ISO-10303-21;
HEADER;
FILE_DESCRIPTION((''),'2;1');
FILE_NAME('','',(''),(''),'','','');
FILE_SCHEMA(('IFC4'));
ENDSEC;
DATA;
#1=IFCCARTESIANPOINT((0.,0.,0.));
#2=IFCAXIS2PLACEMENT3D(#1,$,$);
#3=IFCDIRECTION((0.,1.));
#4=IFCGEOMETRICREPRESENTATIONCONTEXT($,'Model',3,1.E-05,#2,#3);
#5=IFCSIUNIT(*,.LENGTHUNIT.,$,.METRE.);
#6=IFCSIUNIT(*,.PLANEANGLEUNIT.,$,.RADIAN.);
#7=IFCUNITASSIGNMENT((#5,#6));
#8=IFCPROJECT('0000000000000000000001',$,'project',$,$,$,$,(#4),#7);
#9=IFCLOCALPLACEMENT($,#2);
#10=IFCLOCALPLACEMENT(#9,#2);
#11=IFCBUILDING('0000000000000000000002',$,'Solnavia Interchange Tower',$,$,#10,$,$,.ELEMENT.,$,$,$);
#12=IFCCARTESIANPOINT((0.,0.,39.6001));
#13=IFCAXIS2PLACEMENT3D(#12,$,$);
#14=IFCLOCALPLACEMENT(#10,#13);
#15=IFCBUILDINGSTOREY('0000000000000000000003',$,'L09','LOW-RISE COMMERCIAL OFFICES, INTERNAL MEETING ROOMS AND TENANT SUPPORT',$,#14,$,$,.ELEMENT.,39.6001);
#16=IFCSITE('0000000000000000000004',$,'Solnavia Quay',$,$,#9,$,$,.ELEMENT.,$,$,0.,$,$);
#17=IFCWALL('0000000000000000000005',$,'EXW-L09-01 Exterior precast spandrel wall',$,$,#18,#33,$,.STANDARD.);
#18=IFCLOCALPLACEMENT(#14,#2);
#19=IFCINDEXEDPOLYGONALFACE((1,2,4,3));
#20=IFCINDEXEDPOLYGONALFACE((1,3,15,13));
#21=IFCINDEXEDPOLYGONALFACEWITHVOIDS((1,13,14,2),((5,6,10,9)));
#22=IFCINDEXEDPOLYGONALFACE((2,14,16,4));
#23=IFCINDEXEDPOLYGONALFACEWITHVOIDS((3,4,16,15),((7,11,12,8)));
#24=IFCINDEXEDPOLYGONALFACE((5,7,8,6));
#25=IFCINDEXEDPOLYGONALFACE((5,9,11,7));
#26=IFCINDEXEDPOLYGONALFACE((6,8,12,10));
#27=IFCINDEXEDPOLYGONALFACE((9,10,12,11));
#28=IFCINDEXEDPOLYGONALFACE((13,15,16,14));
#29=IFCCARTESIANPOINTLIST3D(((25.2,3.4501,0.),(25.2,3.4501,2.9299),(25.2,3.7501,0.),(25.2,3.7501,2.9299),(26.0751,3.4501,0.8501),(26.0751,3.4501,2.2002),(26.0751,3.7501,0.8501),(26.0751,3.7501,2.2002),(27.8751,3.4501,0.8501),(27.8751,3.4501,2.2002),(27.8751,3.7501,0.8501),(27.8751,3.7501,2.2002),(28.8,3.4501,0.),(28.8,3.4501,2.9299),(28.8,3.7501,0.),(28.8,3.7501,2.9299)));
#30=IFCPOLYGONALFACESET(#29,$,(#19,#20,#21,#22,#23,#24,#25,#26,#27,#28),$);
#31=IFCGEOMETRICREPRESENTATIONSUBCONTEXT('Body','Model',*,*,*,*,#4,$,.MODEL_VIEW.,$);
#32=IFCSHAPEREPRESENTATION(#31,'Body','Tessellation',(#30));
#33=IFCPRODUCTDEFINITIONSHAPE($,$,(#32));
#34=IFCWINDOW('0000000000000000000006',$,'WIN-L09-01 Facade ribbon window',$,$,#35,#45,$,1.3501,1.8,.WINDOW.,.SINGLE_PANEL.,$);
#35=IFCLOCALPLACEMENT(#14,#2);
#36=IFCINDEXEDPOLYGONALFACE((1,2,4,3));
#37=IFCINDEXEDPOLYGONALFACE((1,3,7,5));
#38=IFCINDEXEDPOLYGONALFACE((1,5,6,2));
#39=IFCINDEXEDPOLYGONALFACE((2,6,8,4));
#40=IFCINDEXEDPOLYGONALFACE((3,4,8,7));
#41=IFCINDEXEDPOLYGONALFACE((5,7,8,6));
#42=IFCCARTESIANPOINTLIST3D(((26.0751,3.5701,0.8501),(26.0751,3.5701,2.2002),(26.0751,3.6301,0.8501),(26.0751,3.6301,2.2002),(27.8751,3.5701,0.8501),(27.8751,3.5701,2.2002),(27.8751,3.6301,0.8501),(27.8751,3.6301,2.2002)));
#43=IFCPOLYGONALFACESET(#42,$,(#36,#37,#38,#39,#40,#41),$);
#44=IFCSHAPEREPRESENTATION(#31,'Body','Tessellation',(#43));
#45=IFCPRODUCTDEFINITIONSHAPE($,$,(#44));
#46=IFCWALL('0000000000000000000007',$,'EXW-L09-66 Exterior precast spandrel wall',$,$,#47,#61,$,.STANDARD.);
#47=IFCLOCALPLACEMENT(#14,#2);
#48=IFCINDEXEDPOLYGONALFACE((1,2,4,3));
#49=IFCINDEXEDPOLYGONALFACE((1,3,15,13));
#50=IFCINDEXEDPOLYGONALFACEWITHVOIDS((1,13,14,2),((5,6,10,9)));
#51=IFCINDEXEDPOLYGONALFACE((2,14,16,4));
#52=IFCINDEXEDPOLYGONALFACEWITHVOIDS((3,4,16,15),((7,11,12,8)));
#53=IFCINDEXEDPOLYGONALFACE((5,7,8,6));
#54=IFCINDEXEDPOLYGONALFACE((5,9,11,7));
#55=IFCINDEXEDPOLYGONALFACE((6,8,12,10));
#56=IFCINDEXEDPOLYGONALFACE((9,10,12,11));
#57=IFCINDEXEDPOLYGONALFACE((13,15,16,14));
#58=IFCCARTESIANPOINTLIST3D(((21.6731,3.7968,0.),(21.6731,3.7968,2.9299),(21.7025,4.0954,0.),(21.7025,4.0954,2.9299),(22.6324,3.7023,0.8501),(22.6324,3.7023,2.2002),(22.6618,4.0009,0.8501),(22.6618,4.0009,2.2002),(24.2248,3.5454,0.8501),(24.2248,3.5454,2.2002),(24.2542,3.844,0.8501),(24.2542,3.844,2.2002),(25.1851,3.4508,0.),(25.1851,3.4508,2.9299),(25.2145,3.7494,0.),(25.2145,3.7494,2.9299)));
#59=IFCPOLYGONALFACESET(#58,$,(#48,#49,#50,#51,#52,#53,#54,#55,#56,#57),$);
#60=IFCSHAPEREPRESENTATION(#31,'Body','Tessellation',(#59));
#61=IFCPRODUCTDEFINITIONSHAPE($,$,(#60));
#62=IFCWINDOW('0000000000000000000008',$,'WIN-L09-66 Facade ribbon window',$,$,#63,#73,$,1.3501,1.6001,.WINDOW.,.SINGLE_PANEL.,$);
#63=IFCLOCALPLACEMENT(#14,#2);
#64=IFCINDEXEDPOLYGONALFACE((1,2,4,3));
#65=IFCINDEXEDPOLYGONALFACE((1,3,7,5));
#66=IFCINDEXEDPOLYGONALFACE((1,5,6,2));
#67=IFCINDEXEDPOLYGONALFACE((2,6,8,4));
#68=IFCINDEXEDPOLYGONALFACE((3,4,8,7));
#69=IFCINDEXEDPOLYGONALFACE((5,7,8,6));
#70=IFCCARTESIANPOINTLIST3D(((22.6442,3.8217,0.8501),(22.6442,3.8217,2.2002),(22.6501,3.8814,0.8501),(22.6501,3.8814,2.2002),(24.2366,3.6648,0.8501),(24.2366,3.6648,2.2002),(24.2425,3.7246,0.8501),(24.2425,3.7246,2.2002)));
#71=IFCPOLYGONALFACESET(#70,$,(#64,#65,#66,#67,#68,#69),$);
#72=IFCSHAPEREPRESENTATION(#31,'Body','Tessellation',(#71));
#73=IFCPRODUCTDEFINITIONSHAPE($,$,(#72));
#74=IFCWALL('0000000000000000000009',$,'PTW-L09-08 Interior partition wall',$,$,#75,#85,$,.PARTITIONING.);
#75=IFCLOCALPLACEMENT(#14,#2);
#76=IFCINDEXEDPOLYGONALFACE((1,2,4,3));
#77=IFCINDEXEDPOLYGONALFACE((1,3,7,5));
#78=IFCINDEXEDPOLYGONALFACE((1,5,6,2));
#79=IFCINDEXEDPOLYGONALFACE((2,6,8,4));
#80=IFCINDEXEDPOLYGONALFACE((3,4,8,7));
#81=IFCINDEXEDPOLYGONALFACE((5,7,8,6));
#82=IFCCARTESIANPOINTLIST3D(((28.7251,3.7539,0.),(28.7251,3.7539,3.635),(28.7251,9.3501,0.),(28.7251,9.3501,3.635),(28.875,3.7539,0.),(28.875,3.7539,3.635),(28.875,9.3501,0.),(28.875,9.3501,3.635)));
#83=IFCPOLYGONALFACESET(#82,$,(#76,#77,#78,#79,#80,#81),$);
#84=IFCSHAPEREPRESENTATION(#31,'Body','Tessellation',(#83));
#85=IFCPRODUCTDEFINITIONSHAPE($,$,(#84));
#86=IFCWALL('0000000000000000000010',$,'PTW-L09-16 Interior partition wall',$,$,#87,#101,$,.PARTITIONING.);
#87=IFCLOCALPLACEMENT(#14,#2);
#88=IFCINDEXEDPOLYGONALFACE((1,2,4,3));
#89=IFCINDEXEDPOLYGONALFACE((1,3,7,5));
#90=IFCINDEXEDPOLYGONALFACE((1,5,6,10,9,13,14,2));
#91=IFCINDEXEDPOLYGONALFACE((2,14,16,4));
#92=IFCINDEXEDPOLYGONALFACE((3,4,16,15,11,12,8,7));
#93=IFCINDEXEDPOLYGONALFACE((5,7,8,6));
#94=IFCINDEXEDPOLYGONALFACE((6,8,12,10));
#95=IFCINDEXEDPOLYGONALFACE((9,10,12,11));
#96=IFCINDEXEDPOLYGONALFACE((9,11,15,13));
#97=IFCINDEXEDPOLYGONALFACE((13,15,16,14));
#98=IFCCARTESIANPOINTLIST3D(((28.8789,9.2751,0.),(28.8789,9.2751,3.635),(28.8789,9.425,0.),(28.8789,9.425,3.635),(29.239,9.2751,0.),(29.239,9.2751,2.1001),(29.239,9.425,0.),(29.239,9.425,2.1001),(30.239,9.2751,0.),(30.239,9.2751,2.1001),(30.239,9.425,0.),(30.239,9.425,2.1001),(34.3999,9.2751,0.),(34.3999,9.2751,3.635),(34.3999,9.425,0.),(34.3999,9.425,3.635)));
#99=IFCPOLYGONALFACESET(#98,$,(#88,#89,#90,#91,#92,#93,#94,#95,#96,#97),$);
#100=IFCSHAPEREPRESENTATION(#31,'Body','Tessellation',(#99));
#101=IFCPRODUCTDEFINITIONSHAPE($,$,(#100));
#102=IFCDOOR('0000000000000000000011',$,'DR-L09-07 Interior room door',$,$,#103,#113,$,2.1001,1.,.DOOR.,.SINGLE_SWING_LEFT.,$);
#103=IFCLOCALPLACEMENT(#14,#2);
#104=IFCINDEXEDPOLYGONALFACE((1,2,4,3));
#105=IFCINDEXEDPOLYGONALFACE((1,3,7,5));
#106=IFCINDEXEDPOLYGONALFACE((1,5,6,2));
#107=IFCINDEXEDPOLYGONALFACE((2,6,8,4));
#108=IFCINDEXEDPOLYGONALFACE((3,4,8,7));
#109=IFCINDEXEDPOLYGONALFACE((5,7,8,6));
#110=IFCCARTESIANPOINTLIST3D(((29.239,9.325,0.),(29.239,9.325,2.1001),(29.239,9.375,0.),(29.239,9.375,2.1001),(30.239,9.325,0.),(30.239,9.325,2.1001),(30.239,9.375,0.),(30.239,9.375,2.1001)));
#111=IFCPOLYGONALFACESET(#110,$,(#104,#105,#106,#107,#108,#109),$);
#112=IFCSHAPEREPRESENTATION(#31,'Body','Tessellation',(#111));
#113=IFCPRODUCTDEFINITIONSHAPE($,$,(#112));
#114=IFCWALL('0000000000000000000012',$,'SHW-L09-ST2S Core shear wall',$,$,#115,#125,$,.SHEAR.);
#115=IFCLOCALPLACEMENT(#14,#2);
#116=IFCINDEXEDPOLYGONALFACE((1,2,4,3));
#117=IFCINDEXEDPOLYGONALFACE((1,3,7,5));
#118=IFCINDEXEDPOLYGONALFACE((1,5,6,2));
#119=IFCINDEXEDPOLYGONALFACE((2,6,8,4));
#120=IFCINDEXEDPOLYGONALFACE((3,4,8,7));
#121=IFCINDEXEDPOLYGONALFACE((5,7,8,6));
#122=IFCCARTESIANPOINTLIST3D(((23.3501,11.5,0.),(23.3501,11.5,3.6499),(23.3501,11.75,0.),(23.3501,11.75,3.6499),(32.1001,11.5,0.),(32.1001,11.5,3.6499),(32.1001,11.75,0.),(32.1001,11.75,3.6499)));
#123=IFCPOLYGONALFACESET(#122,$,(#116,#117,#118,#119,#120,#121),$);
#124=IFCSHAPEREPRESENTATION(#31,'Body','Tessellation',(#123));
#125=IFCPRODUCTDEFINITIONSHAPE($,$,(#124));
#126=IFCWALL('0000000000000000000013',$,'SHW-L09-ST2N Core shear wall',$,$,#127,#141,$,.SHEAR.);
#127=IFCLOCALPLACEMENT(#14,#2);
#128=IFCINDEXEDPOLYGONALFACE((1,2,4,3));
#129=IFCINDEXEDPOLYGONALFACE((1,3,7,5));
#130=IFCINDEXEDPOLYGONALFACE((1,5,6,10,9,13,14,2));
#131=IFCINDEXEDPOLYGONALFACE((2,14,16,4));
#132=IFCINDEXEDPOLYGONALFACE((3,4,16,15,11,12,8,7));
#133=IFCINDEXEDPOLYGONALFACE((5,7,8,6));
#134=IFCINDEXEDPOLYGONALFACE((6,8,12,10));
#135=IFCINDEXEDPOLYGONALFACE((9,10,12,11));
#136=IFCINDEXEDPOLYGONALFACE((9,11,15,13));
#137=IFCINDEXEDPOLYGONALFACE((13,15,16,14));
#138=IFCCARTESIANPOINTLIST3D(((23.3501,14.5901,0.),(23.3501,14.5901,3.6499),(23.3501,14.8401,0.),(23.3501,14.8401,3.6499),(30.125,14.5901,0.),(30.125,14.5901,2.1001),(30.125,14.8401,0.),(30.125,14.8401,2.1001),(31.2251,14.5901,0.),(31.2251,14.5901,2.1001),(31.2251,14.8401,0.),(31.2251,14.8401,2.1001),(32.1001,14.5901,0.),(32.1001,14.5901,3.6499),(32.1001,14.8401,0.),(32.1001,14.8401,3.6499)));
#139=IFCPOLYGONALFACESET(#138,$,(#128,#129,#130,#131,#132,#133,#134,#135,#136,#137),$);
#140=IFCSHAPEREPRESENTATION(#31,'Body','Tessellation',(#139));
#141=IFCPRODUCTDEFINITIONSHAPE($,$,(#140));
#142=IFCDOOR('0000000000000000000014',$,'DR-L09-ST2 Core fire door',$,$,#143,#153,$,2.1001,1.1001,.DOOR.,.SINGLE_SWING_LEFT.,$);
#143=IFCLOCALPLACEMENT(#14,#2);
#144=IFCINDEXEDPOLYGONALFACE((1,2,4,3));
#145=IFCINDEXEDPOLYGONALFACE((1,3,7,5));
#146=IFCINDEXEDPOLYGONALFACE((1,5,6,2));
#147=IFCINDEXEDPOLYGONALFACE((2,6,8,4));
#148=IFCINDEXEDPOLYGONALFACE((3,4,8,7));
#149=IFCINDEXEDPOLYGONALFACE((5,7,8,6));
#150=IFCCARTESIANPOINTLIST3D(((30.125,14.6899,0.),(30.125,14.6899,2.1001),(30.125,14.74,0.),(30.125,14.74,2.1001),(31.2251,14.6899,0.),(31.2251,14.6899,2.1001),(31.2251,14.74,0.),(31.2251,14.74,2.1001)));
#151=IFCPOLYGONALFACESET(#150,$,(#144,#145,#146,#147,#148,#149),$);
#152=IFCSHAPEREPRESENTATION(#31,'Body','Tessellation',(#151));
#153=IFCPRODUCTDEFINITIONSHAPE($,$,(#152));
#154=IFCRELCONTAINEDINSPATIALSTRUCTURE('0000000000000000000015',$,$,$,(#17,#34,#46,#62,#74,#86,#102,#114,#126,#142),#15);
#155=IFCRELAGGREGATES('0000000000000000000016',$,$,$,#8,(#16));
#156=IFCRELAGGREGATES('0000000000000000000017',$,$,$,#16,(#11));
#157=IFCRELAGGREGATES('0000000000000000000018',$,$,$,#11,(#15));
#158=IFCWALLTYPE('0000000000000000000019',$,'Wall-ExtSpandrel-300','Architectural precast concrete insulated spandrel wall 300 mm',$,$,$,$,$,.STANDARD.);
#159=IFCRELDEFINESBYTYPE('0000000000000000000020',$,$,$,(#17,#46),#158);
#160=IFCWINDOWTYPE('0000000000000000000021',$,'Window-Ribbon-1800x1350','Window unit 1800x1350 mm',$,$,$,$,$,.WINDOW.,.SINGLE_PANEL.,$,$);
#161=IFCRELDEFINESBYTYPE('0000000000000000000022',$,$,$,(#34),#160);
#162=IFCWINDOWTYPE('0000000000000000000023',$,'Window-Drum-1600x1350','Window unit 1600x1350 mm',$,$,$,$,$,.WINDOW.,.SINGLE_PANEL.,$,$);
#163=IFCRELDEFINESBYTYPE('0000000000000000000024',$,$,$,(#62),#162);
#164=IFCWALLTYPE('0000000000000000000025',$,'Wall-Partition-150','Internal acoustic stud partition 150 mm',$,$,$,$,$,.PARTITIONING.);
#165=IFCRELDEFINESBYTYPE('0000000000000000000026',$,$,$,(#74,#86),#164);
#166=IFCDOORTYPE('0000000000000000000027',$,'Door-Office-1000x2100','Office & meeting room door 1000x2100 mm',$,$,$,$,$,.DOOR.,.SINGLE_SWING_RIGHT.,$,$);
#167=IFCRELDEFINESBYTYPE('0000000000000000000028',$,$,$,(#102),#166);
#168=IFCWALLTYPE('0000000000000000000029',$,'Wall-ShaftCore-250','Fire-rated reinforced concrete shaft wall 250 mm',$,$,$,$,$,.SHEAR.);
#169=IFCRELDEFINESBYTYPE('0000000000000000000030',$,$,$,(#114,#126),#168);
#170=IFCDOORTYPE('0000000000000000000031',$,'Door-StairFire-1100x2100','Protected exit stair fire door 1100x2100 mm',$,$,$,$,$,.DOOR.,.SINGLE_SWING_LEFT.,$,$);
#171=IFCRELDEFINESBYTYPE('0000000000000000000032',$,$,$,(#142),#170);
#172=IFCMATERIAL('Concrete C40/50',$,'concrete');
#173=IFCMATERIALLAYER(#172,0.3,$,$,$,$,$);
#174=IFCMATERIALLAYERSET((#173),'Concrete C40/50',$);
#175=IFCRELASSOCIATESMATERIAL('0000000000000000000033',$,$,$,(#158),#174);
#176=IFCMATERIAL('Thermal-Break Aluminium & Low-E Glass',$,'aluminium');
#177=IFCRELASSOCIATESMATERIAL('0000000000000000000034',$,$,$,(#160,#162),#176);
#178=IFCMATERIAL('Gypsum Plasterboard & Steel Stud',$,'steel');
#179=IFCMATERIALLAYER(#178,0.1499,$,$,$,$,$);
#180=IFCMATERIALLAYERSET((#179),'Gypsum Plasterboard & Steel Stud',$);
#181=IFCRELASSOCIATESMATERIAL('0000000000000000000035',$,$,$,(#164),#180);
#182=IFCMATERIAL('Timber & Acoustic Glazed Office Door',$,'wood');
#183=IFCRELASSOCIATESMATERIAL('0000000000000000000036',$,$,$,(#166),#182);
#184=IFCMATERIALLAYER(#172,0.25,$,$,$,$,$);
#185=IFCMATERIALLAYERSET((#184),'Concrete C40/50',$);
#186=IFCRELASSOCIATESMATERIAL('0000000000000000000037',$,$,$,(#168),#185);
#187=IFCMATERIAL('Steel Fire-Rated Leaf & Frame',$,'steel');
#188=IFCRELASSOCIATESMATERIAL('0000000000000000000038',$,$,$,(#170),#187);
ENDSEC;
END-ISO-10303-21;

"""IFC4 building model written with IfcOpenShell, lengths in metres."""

from ifc_helpers import new_model, si_unit, direction, frame, frame_2d, origin, place, context, subcontext, project, spatial, rectangle, extrude, material, layer, layer_set, type_object, element, fill, save


model = new_model("IFC4")

# Units and contexts
model_context = context("Model", 3, precision=1e-05, world=origin(), true_north=direction((0.0, 1.0)))
body_context = subcontext(model_context, "Body", "Model", "MODEL_VIEW")
ifc_project = project(units=[si_unit("LENGTHUNIT", "METRE"), si_unit("PLANEANGLEUNIT", "RADIAN")], contexts=[model_context])

# Site, building, storey
site_placement = place(None, origin())
site = spatial("IfcSite", under=ifc_project, at=site_placement, Name="Solnavia Quay", CompositionType="ELEMENT", RefElevation=0.0)
building_placement = place(site_placement, origin())
building = spatial("IfcBuilding", under=site, at=building_placement, Name="Solnavia Interchange Tower", CompositionType="ELEMENT")
storey_placement = place(building_placement, frame((0.0, 0.0, 39.6001)))
storey = spatial("IfcBuildingStorey", under=building, at=storey_placement, Name="L09", Description="LOW-RISE COMMERCIAL OFFICES, INTERNAL MEETING ROOMS AND TENANT SUPPORT", CompositionType="ELEMENT", Elevation=39.6001)

# Walls, openings, windows
ifc_material_1 = material(Name="Concrete C40/50", Category="concrete")
ifc_layer_1 = layer(ifc_material_1, 0.3)
ifc_layer_set_1 = layer_set([ifc_layer_1], Name="Concrete C40/50")
wall_type_1 = type_object("IfcWallType", Name="Wall-ExtSpandrel-300", Description="Architectural precast concrete insulated spandrel wall 300 mm", PredefinedType="STANDARD", material=ifc_layer_set_1)
wall_1_placement = place(storey_placement, frame((28.8, 3.6001, 0.0), z_axis=(0.0, 0.0, 1.0), x_axis=(-1.0, 0.0, 0.0)))
wall_1 = element("IfcWall", 1, at=wall_1_placement, inside=storey, type_object=wall_type_1, Name="EXW-L09-01 Exterior precast spandrel wall", PredefinedType="STANDARD", context=body_context, shape_type="SweptSolid", body=[
    extrude(rectangle(XDim=3.6001, YDim=0.3, at=frame_2d((1.8, 0.0))), origin(), (0.0, 0.0, 1.0), 2.9299),
])
opening_1_placement = place(wall_1_placement, frame((0.925, 0.0, 0.8501)))
opening_1 = element("IfcOpeningElement", 2, at=opening_1_placement, cuts=wall_1, PredefinedType="OPENING", context=body_context, shape_type="SweptSolid", body=[
    extrude(rectangle(XDim=1.8, YDim=1.3501, at=frame_2d((0.8999, 0.675))), frame((0.0, 0.1602, 0.0), z_axis=(0.0, -1.0, 0.0), x_axis=(1.0, 0.0, 0.0)), (0.0, 0.0, 1.0), 0.3201),
])
ifc_material_2 = material(Name="Thermal-Break Aluminium & Low-E Glass", Category="aluminium")
window_type_1 = type_object("IfcWindowType", Name="Window-Ribbon-1800x1350", Description="Window unit 1800x1350 mm", PartitioningType="SINGLE_PANEL", PredefinedType="WINDOW", material=ifc_material_2)
window_1_placement = place(opening_1_placement, origin())
window_1 = element("IfcWindow", 3, at=window_1_placement, inside=storey, type_object=window_type_1, Name="WIN-L09-01 Facade ribbon window", OverallHeight=1.3501, OverallWidth=1.8, PartitioningType="SINGLE_PANEL", PredefinedType="WINDOW", context=body_context, shape_type="SweptSolid", body=[
    extrude(rectangle(XDim=1.8, YDim=1.3501, at=frame_2d((0.8999, 0.675))), frame((0.0, 0.03, 0.0), z_axis=(0.0, -1.0, 0.0), x_axis=(1.0, 0.0, 0.0)), (0.0, 0.0, 1.0), 0.0601),
])
fill(opening_1, window_1)
wall_2_placement = place(storey_placement, frame((25.2, 3.6001, 0.0), z_axis=(0.0, 0.0, 1.0), x_axis=(-0.995183, 0.098031, 0.0)))
wall_2 = element("IfcWall", 4, at=wall_2_placement, inside=storey, type_object=wall_type_1, Name="EXW-L09-66 Exterior precast spandrel wall", PredefinedType="STANDARD", context=body_context, shape_type="SweptSolid", body=[
    extrude(rectangle(XDim=3.5291, YDim=0.3, at=frame_2d((1.7646, 0.0))), origin(), (0.0, 0.0, 1.0), 2.9299),
])
opening_2_placement = place(wall_2_placement, frame((0.9651, 0.0, 0.8501)))
opening_2 = element("IfcOpeningElement", 5, at=opening_2_placement, cuts=wall_2, PredefinedType="OPENING", context=body_context, shape_type="SweptSolid", body=[
    extrude(rectangle(XDim=1.6001, YDim=1.3501, at=frame_2d((0.8, 0.675))), frame((0.0, 0.1602, 0.0), z_axis=(0.0, -1.0, 0.0), x_axis=(1.0, 0.0, 0.0)), (0.0, 0.0, 1.0), 0.3201),
])
window_type_2 = type_object("IfcWindowType", Name="Window-Drum-1600x1350", Description="Window unit 1600x1350 mm", PartitioningType="SINGLE_PANEL", PredefinedType="WINDOW", material=ifc_material_2)
window_2_placement = place(opening_2_placement, origin())
window_2 = element("IfcWindow", 6, at=window_2_placement, inside=storey, type_object=window_type_2, Name="WIN-L09-66 Facade ribbon window", OverallHeight=1.3501, OverallWidth=1.6001, PartitioningType="SINGLE_PANEL", PredefinedType="WINDOW", context=body_context, shape_type="SweptSolid", body=[
    extrude(rectangle(XDim=1.6001, YDim=1.3501, at=frame_2d((0.8, 0.675))), frame((0.0, 0.03, 0.0), z_axis=(0.0, -1.0, 0.0), x_axis=(1.0, 0.0, 0.0)), (0.0, 0.0, 1.0), 0.0601),
])
fill(opening_2, window_2)

# Wall
ifc_material_3 = material(Name="Gypsum Plasterboard & Steel Stud", Category="steel")
ifc_layer_2 = layer(ifc_material_3, 0.1499)
ifc_layer_set_2 = layer_set([ifc_layer_2], Name="Gypsum Plasterboard & Steel Stud")
wall_type_2 = type_object("IfcWallType", Name="Wall-Partition-150", Description="Internal acoustic stud partition 150 mm", PredefinedType="PARTITIONING", material=ifc_layer_set_2)
wall_3_placement = place(storey_placement, frame((28.8, 9.3501, 0.0), z_axis=(0.0, 0.0, 1.0), x_axis=(0.0, -1.0, 0.0)))
element("IfcWall", 7, at=wall_3_placement, inside=storey, type_object=wall_type_2, Name="PTW-L09-08 Interior partition wall", PredefinedType="PARTITIONING", context=body_context, shape_type="SweptSolid", body=[
    extrude(rectangle(XDim=5.5962, YDim=0.1499, at=frame_2d((2.7981, 0.0))), origin(), (0.0, 0.0, 1.0), 3.635),
])

# Wall, opening, door
wall_4_placement = place(storey_placement, frame((28.8789, 9.3501, 0.0), z_axis=(0.0, 0.0, 1.0), x_axis=(1.0, 0.0, 0.0)))
wall_4 = element("IfcWall", 8, at=wall_4_placement, inside=storey, type_object=wall_type_2, Name="PTW-L09-16 Interior partition wall", PredefinedType="PARTITIONING", context=body_context, shape_type="SweptSolid", body=[
    extrude(rectangle(XDim=5.521, YDim=0.1499, at=frame_2d((2.7605, 0.0))), origin(), (0.0, 0.0, 1.0), 3.635),
])
opening_3_placement = place(wall_4_placement, frame((0.3601, 0.0, 0.0)))
opening_3 = element("IfcOpeningElement", 9, at=opening_3_placement, cuts=wall_4, PredefinedType="OPENING", context=body_context, shape_type="SweptSolid", body=[
    extrude(rectangle(XDim=1.0, YDim=2.1001, at=frame_2d((0.5, 1.05))), frame((0.0, 0.085, 0.0), z_axis=(0.0, -1.0, 0.0), x_axis=(1.0, 0.0, 0.0)), (0.0, 0.0, 1.0), 0.1699),
])
ifc_material_4 = material(Name="Timber & Acoustic Glazed Office Door", Category="wood")
door_type_1 = type_object("IfcDoorType", Name="Door-Office-1000x2100", Description="Office & meeting room door 1000x2100 mm", OperationType="SINGLE_SWING_RIGHT", PredefinedType="DOOR", material=ifc_material_4)
door_1_placement = place(opening_3_placement, origin())
door_1 = element("IfcDoor", 10, at=door_1_placement, inside=storey, type_object=door_type_1, Name="DR-L09-07 Interior room door", OperationType="SINGLE_SWING_LEFT", OverallHeight=2.1001, OverallWidth=1.0, PredefinedType="DOOR", context=body_context, shape_type="SweptSolid", body=[
    extrude(rectangle(XDim=1.0, YDim=2.1001, at=frame_2d((0.5, 1.05))), frame((0.0, 0.0249, 0.0), z_axis=(0.0, -1.0, 0.0), x_axis=(1.0, 0.0, 0.0)), (0.0, 0.0, 1.0), 0.05),
])
fill(opening_3, door_1)

# Wall
ifc_layer_3 = layer(ifc_material_1, 0.25)
ifc_layer_set_3 = layer_set([ifc_layer_3], Name="Concrete C40/50")
wall_type_3 = type_object("IfcWallType", Name="Wall-ShaftCore-250", Description="Fire-rated reinforced concrete shaft wall 250 mm", PredefinedType="SHEAR", material=ifc_layer_set_3)
wall_5_placement = place(storey_placement, frame((23.3501, 11.625, 0.0), z_axis=(0.0, 0.0, 1.0), x_axis=(1.0, 0.0, 0.0)))
element("IfcWall", 11, at=wall_5_placement, inside=storey, type_object=wall_type_3, Name="SHW-L09-ST2S Core shear wall", PredefinedType="SHEAR", context=body_context, shape_type="SweptSolid", body=[
    extrude(rectangle(XDim=8.75, YDim=0.25, at=frame_2d((4.375, 0.0))), origin(), (0.0, 0.0, 1.0), 3.6499),
])

# Wall, opening, door
wall_6_placement = place(storey_placement, frame((23.3501, 14.7151, 0.0), z_axis=(0.0, 0.0, 1.0), x_axis=(1.0, 0.0, 0.0)))
wall_6 = element("IfcWall", 12, at=wall_6_placement, inside=storey, type_object=wall_type_3, Name="SHW-L09-ST2N Core shear wall", PredefinedType="SHEAR", context=body_context, shape_type="SweptSolid", body=[
    extrude(rectangle(XDim=8.75, YDim=0.25, at=frame_2d((4.375, 0.0))), origin(), (0.0, 0.0, 1.0), 3.6499),
])
opening_4_placement = place(wall_6_placement, frame((6.7749, 0.0, 0.0)))
opening_4 = element("IfcOpeningElement", 13, at=opening_4_placement, cuts=wall_6, PredefinedType="OPENING", context=body_context, shape_type="SweptSolid", body=[
    extrude(rectangle(XDim=1.1001, YDim=2.1001, at=frame_2d((0.55, 1.05))), frame((0.0, 0.135, 0.0), z_axis=(0.0, -1.0, 0.0), x_axis=(1.0, 0.0, 0.0)), (0.0, 0.0, 1.0), 0.27),
])
ifc_material_5 = material(Name="Steel Fire-Rated Leaf & Frame", Category="steel")
door_type_2 = type_object("IfcDoorType", Name="Door-StairFire-1100x2100", Description="Protected exit stair fire door 1100x2100 mm", OperationType="SINGLE_SWING_LEFT", PredefinedType="DOOR", material=ifc_material_5)
door_2_placement = place(opening_4_placement, origin())
door_2 = element("IfcDoor", 14, at=door_2_placement, inside=storey, type_object=door_type_2, Name="DR-L09-ST2 Core fire door", OperationType="SINGLE_SWING_LEFT", OverallHeight=2.1001, OverallWidth=1.1001, PredefinedType="DOOR", context=body_context, shape_type="SweptSolid", body=[
    extrude(rectangle(XDim=1.1001, YDim=2.1001, at=frame_2d((0.55, 1.05))), frame((0.0, 0.0249, 0.0), z_axis=(0.0, -1.0, 0.0), x_axis=(1.0, 0.0, 0.0)), (0.0, 0.0, 1.0), 0.05),
])
fill(opening_4, door_2)

save(model, "model.ifc")
